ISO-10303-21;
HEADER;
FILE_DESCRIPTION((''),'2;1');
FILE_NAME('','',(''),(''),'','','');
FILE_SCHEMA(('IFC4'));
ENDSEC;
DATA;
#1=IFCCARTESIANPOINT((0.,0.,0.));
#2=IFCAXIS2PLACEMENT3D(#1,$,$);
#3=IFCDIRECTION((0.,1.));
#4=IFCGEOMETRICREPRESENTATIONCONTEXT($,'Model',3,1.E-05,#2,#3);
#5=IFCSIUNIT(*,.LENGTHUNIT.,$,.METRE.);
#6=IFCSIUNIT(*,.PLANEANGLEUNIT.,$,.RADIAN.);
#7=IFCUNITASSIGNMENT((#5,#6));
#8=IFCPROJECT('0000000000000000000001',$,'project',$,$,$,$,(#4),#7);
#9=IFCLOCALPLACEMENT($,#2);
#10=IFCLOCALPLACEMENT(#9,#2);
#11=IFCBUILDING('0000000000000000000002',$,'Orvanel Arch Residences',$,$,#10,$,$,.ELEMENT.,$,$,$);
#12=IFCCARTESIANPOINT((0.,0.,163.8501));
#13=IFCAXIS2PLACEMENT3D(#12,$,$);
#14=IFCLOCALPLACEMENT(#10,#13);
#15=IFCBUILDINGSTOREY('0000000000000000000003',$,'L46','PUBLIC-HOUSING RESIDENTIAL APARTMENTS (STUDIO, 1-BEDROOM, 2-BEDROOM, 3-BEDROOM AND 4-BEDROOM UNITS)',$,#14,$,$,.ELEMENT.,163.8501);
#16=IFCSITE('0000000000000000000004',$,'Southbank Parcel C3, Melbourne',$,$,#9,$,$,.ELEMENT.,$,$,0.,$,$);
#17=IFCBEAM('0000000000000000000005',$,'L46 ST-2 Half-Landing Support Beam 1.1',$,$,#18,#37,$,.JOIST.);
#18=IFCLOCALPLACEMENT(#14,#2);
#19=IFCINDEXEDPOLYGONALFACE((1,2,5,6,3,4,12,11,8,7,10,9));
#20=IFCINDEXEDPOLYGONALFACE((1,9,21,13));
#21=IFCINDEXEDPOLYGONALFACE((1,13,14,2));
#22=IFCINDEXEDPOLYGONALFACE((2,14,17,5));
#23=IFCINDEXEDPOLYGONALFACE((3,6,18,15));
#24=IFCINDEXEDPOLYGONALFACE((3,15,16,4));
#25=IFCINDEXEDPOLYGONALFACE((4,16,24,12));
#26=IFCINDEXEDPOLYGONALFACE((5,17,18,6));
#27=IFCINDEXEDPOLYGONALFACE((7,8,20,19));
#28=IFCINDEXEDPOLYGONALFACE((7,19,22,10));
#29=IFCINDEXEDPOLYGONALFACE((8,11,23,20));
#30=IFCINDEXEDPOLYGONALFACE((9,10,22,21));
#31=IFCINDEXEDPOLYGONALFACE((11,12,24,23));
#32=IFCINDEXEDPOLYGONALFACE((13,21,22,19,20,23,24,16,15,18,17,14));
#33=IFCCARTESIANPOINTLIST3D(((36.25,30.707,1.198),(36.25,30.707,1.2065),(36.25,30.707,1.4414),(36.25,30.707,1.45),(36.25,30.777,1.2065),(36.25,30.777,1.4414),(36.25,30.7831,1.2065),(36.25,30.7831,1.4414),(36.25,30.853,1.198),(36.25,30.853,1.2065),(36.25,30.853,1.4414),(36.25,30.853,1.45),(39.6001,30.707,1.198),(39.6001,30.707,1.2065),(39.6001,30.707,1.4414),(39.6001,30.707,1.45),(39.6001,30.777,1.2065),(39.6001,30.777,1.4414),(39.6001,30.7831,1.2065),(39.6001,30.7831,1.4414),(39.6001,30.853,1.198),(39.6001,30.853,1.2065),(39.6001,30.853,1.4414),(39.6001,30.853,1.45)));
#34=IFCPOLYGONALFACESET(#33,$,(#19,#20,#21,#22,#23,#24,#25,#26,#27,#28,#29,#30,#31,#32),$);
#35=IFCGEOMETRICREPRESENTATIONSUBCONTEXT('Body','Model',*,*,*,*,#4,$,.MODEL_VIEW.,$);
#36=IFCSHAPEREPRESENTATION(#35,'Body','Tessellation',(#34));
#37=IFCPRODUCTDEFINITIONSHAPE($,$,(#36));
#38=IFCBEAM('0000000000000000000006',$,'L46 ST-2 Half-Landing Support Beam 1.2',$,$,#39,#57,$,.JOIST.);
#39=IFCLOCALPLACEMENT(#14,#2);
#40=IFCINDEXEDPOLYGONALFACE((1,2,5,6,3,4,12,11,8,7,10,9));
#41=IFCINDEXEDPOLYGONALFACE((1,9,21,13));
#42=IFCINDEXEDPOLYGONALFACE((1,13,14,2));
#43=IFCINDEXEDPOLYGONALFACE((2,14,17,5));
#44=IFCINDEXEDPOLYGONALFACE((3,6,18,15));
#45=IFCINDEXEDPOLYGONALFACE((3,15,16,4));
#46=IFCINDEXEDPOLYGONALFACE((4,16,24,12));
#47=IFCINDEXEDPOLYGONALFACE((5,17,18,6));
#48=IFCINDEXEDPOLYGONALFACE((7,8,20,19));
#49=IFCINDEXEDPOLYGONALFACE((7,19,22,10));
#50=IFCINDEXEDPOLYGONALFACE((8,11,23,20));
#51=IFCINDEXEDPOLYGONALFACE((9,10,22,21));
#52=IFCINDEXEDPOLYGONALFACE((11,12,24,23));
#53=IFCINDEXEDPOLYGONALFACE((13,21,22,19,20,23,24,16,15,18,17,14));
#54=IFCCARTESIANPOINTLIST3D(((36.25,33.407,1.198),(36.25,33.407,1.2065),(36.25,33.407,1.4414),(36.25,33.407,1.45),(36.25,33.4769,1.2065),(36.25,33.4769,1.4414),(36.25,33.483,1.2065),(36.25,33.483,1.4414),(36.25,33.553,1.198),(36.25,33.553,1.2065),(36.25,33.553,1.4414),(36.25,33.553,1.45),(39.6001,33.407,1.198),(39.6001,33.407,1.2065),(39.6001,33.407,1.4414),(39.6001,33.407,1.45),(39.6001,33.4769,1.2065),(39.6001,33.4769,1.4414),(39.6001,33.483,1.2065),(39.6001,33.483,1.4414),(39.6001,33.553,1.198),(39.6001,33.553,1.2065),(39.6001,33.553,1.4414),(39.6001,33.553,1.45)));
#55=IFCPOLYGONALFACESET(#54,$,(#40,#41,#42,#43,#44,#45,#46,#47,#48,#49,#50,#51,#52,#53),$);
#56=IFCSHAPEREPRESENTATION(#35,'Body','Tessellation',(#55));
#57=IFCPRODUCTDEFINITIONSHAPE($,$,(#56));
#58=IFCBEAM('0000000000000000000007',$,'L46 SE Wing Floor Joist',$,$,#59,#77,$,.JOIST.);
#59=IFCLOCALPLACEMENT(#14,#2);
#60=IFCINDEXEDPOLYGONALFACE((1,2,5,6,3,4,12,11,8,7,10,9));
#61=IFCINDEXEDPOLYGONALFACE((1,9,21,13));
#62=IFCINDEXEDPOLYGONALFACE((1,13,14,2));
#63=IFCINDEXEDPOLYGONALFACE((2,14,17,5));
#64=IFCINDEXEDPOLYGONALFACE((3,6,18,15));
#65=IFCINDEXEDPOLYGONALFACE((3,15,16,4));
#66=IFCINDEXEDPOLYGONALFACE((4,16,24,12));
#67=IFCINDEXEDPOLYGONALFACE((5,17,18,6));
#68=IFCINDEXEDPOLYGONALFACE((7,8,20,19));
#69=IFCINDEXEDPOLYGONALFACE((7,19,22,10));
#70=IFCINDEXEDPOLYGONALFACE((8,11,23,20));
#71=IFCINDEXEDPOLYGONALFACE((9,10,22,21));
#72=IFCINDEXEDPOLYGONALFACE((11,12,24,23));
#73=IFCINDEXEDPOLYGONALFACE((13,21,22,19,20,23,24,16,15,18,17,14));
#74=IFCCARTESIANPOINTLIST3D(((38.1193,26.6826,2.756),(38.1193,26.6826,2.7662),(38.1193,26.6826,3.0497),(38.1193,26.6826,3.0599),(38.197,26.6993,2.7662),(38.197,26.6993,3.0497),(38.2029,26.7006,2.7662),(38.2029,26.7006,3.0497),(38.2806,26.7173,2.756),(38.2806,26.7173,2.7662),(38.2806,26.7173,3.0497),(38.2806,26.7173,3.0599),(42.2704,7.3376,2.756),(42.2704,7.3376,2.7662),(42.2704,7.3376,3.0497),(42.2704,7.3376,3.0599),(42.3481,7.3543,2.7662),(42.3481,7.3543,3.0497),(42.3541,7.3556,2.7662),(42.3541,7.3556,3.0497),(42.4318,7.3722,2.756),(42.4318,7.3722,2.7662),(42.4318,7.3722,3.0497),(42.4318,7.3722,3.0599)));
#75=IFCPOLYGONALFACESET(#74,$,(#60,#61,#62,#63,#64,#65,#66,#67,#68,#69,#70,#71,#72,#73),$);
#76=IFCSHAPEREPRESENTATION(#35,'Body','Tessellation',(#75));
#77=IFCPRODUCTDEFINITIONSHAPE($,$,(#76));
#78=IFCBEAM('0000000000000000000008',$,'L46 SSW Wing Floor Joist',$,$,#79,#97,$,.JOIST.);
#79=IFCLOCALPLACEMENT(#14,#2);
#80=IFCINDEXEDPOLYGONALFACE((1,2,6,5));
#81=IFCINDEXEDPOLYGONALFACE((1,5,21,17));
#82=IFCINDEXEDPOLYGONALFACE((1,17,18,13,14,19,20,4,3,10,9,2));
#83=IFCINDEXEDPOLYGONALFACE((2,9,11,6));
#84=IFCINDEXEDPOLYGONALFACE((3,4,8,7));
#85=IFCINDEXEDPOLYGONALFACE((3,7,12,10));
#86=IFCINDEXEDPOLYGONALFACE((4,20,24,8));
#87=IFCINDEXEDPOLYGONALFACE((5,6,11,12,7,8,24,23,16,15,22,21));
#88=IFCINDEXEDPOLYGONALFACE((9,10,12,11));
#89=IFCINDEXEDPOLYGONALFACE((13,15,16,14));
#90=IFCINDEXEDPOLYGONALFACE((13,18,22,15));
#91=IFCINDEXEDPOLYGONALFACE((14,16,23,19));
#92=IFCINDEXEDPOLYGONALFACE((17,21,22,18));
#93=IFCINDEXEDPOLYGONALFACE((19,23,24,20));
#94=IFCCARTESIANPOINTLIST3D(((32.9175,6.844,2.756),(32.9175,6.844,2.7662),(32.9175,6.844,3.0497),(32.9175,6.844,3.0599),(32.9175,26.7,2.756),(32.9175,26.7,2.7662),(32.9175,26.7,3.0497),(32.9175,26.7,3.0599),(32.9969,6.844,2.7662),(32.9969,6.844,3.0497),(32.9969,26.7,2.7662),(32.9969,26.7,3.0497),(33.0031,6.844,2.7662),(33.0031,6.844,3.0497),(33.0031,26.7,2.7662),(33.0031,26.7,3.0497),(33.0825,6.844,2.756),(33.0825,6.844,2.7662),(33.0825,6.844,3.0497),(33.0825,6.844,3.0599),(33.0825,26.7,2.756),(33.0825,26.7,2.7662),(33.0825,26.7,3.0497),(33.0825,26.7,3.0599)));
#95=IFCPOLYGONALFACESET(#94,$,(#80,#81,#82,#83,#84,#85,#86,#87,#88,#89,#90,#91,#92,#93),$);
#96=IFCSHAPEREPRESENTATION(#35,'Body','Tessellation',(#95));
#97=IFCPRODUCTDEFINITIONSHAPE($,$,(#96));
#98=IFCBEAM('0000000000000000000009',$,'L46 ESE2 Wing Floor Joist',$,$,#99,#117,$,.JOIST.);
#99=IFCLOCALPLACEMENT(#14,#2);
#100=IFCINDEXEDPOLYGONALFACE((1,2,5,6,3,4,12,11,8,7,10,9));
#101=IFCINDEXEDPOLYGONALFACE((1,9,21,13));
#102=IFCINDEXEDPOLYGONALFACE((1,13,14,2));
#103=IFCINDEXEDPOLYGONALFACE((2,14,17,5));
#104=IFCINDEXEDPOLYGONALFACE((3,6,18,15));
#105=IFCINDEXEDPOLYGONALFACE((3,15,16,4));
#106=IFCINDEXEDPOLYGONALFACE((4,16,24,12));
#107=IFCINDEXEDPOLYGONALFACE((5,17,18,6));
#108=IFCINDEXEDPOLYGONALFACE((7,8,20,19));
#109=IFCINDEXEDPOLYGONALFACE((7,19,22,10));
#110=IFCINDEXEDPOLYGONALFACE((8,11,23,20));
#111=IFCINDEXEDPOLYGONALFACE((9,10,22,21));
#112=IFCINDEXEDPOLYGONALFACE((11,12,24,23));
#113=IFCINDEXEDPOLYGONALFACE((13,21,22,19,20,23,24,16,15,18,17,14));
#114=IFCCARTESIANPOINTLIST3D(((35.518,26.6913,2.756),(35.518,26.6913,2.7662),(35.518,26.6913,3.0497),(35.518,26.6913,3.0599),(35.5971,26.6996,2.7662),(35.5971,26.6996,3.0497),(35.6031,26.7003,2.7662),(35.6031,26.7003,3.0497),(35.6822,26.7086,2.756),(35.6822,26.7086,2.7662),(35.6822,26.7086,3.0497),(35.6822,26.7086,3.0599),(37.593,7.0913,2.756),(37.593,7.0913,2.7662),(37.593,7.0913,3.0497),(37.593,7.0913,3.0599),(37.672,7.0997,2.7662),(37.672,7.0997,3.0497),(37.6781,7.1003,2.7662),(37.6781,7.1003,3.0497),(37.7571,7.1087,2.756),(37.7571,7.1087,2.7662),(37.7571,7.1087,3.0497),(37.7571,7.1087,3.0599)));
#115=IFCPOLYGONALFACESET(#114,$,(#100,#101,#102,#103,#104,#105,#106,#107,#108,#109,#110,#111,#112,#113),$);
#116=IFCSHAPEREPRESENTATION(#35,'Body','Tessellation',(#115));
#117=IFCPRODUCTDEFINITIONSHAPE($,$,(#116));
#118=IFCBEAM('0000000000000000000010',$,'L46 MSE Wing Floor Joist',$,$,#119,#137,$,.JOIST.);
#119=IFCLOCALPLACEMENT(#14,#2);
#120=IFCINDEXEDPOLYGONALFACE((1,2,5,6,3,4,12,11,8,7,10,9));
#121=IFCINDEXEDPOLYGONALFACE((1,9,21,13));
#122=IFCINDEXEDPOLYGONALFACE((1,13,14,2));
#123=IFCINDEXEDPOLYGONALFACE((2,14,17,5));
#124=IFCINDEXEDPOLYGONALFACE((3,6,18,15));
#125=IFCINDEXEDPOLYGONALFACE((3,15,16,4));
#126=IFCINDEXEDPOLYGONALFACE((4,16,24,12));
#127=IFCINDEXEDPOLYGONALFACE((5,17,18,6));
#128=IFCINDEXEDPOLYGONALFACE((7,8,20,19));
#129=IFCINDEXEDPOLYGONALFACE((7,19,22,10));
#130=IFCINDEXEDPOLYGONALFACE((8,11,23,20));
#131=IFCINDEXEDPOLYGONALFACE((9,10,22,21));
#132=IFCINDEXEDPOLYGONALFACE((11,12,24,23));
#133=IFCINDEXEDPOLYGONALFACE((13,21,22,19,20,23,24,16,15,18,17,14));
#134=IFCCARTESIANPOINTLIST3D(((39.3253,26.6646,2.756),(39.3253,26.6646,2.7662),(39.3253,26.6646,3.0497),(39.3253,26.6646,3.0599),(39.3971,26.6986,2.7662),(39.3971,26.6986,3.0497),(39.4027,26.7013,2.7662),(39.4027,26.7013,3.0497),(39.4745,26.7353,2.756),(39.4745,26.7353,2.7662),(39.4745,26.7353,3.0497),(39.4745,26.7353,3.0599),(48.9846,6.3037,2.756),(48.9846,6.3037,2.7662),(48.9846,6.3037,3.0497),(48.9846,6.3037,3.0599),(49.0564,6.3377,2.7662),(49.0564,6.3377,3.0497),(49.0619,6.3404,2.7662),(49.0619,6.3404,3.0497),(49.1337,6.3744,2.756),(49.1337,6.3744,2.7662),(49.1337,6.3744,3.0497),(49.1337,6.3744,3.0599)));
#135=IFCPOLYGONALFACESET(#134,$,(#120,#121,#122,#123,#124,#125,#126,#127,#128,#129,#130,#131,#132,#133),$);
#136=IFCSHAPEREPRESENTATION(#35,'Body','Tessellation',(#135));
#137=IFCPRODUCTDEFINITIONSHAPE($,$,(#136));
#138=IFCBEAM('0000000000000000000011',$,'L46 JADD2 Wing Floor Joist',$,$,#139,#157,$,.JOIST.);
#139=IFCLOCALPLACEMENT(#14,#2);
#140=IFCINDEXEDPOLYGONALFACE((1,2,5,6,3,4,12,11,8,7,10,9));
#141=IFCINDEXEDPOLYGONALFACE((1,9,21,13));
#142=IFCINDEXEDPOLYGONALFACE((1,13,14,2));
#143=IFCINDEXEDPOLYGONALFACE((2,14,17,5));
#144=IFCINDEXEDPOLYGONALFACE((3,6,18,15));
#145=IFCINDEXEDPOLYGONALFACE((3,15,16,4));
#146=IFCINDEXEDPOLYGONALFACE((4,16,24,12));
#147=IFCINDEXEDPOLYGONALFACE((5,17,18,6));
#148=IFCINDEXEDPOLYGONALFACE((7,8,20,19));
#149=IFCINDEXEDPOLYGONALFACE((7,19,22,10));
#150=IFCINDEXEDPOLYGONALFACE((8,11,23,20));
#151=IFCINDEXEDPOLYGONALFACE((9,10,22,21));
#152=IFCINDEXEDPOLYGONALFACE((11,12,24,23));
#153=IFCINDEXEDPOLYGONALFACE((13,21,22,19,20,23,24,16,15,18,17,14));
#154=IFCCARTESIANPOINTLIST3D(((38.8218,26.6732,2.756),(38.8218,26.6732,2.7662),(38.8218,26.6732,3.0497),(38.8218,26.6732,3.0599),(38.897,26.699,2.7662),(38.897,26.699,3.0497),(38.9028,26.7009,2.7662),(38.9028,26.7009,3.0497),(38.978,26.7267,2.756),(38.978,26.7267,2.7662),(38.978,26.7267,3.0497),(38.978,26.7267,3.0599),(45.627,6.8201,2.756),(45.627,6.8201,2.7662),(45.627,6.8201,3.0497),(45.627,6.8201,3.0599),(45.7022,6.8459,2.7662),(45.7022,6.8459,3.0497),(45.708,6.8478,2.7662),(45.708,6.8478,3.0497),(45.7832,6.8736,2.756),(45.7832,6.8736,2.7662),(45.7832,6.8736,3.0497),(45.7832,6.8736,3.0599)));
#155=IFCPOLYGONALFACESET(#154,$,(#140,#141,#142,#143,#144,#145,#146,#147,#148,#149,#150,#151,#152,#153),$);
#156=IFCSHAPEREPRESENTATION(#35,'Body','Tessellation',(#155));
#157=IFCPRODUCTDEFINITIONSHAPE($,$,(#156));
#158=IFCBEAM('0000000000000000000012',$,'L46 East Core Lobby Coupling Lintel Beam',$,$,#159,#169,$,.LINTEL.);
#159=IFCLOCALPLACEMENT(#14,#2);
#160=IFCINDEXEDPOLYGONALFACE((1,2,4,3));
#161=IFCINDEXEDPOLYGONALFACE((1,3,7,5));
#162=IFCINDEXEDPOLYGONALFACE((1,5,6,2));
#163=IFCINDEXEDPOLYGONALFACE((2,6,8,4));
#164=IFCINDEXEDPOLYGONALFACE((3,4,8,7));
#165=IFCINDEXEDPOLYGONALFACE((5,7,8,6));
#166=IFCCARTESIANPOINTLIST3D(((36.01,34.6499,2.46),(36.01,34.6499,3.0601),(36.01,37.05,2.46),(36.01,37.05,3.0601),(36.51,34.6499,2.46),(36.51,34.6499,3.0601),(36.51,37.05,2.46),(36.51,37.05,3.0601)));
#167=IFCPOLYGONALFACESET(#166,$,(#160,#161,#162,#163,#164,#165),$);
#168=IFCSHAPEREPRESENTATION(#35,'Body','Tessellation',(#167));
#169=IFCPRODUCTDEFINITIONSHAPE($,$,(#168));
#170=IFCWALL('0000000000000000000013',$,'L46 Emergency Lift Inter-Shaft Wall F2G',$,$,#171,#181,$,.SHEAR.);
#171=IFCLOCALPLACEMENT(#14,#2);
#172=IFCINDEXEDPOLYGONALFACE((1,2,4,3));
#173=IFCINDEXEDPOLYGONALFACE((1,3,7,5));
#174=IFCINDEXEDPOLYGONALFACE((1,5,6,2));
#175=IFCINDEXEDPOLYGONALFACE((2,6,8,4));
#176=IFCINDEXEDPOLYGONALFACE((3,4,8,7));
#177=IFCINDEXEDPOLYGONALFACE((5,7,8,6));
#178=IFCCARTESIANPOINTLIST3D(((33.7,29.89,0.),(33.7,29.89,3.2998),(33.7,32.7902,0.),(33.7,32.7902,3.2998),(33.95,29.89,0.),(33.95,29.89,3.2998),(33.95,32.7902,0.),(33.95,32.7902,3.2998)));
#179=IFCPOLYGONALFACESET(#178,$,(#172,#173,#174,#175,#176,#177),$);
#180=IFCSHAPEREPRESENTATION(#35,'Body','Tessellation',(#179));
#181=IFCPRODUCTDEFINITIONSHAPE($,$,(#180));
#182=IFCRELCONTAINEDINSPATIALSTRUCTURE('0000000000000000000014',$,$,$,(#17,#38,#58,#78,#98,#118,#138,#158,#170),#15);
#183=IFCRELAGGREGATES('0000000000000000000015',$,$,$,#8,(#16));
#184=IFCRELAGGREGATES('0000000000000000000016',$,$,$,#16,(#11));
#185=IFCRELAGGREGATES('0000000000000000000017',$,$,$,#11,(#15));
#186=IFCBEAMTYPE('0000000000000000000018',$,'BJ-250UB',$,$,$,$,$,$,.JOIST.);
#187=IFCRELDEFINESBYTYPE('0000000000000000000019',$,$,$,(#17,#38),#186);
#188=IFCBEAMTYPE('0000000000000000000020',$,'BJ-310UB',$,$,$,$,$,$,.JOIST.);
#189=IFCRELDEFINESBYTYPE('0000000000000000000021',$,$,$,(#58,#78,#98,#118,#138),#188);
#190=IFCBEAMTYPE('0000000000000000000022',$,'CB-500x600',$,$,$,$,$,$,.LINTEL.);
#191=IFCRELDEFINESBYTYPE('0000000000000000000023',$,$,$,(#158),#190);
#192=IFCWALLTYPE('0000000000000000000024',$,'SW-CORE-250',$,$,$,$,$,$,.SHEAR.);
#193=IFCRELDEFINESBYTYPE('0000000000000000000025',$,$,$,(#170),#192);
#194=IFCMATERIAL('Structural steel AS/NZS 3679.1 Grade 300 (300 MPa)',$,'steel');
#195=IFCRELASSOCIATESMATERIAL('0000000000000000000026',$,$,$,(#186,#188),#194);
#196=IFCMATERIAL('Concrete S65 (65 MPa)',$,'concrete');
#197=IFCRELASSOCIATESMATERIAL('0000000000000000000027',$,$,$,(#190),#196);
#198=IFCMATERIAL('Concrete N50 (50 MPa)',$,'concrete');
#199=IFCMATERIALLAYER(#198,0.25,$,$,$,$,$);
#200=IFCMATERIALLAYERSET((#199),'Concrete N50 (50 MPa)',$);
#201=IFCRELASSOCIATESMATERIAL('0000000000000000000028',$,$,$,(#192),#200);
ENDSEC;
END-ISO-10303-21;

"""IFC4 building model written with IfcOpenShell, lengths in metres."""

from ifc_helpers import new_model, si_unit, direction, frame, frame_2d, origin, origin_2d, place, context, subcontext, project, spatial, rectangle, i_section, extrude, material, layer, layer_set, material_profile, profile_set, type_object, element, save


model = new_model("IFC4")

# Units and contexts
model_context = context("Model", 3, precision=1e-05, world=origin(), true_north=direction((0.0, 1.0)))
body_context = subcontext(model_context, "Body", "Model", "MODEL_VIEW")
ifc_project = project(units=[si_unit("LENGTHUNIT", "METRE"), si_unit("PLANEANGLEUNIT", "RADIAN")], contexts=[model_context])

# Site, building, storey
site_placement = place(None, origin())
site = spatial("IfcSite", under=ifc_project, at=site_placement, Name="Southbank Parcel C3, Melbourne", CompositionType="ELEMENT", RefElevation=0.0)
building_placement = place(site_placement, origin())
building = spatial("IfcBuilding", under=site, at=building_placement, Name="Orvanel Arch Residences", CompositionType="ELEMENT")
storey_placement = place(building_placement, frame((0.0, 0.0, 163.8501)))
storey = spatial("IfcBuildingStorey", under=building, at=storey_placement, Name="L46", Description="PUBLIC-HOUSING RESIDENTIAL APARTMENTS (STUDIO, 1-BEDROOM, 2-BEDROOM, 3-BEDROOM AND 4-BEDROOM UNITS)", CompositionType="ELEMENT", Elevation=163.8501)

# Beams
ifc_material_1 = material(Name="Structural steel AS/NZS 3679.1 Grade 300 (300 MPa)", Category="steel")
ifc_material_profile_1 = material_profile(ifc_material_1, i_section(OverallWidth=0.146, OverallDepth=0.252, WebThickness=0.0061, FlangeThickness=0.0085, at=origin_2d()), Name="250UB31.4")
ifc_profile_set_1 = profile_set([ifc_material_profile_1], Name="Structural steel AS/NZS 3679.1 Grade 300 (300 MPa)")
beam_type_1 = type_object("IfcBeamType", Name="BJ-250UB", PredefinedType="JOIST", material=ifc_profile_set_1)
for number, where, z_axis, x_axis, name in (
    (1, (36.25, 30.78, 1.324), (1.0, 0.0, 0.0), (0.0, 1.0, 0.0), "L46 ST-2 Half-Landing Support Beam 1.1"),
    (2, (36.25, 33.48, 1.324), (1.0, 0.0, 0.0), (0.0, 1.0, 0.0), "L46 ST-2 Half-Landing Support Beam 1.2"),
):
    element("IfcBeam", number, at=place(storey_placement, frame(where, z_axis=z_axis, x_axis=x_axis)), inside=storey, type_object=beam_type_1, Name=name, PredefinedType="JOIST", context=body_context, shape_type="SweptSolid", body=[
        extrude(i_section(OverallWidth=0.146, OverallDepth=0.252, WebThickness=0.0061, FlangeThickness=0.0085, at=origin_2d()), origin(), (0.0, 0.0, 1.0), 3.3501),
    ])
ifc_material_profile_2 = material_profile(ifc_material_1, i_section(OverallWidth=0.165, OverallDepth=0.304, WebThickness=0.0061, FlangeThickness=0.0103, at=origin_2d()), Name="310UB40.4")
ifc_profile_set_2 = profile_set([ifc_material_profile_2], Name="Structural steel AS/NZS 3679.1 Grade 300 (300 MPa)")
beam_type_2 = type_object("IfcBeamType", Name="BJ-310UB", PredefinedType="JOIST", material=ifc_profile_set_2)
beam_1_placement = place(storey_placement, frame((38.2, 26.7, 2.908), z_axis=(0.209808, -0.977743, 0.0), x_axis=(0.977743, 0.209808, 0.0)))
element("IfcBeam", 3, at=beam_1_placement, inside=storey, type_object=beam_type_2, Name="L46 SE Wing Floor Joist", PredefinedType="JOIST", context=body_context, shape_type="SweptSolid", body=[
    extrude(i_section(OverallWidth=0.165, OverallDepth=0.304, WebThickness=0.0061, FlangeThickness=0.0103, at=origin_2d()), origin(), (0.0, 0.0, 1.0), 19.7854),
])
beam_2_placement = place(storey_placement, frame((33.0, 26.7, 2.908), z_axis=(0.0, -1.0, 0.0), x_axis=(1.0, 0.0, 0.0)))
element("IfcBeam", 4, at=beam_2_placement, inside=storey, type_object=beam_type_2, Name="L46 SSW Wing Floor Joist", PredefinedType="JOIST", context=body_context, shape_type="SweptSolid", body=[
    extrude(i_section(OverallWidth=0.165, OverallDepth=0.304, WebThickness=0.0061, FlangeThickness=0.0103, at=origin_2d()), origin(), (0.0, 0.0, 1.0), 19.856),
])
beam_3_placement = place(storey_placement, frame((35.6001, 26.7, 2.908), z_axis=(0.105277, -0.994443, 0.0), x_axis=(0.994443, 0.105277, 0.0)))
element("IfcBeam", 5, at=beam_3_placement, inside=storey, type_object=beam_type_2, Name="L46 ESE2 Wing Floor Joist", PredefinedType="JOIST", context=body_context, shape_type="SweptSolid", body=[
    extrude(i_section(OverallWidth=0.165, OverallDepth=0.304, WebThickness=0.0061, FlangeThickness=0.0103, at=origin_2d()), origin(), (0.0, 0.0, 1.0), 19.7095),
])
beam_4_placement = place(storey_placement, frame((39.3999, 26.7, 2.908), z_axis=(0.428614, -0.903488, 0.0), x_axis=(0.903488, 0.428614, 0.0)))
element("IfcBeam", 6, at=beam_4_placement, inside=storey, type_object=beam_type_2, Name="L46 MSE Wing Floor Joist", PredefinedType="JOIST", context=body_context, shape_type="SweptSolid", body=[
    extrude(i_section(OverallWidth=0.165, OverallDepth=0.304, WebThickness=0.0061, FlangeThickness=0.0103, at=origin_2d()), origin(), (0.0, 0.0, 1.0), 22.5359),
])
beam_5_placement = place(storey_placement, frame((38.8999, 26.7, 2.908), z_axis=(0.324257, -0.945969, 0.0), x_axis=(0.945969, 0.324257, 0.0)))
element("IfcBeam", 7, at=beam_5_placement, inside=storey, type_object=beam_type_2, Name="L46 JADD2 Wing Floor Joist", PredefinedType="JOIST", context=body_context, shape_type="SweptSolid", body=[
    extrude(i_section(OverallWidth=0.165, OverallDepth=0.304, WebThickness=0.0061, FlangeThickness=0.0103, at=origin_2d()), origin(), (0.0, 0.0, 1.0), 20.9871),
])
ifc_material_2 = material(Name="Concrete S65 (65 MPa)", Category="concrete")
ifc_material_profile_3 = material_profile(ifc_material_2, rectangle(XDim=0.5, YDim=0.6001, at=origin_2d()), Name="RC500x600")
ifc_profile_set_3 = profile_set([ifc_material_profile_3], Name="Concrete S65 (65 MPa)")
beam_type_3 = type_object("IfcBeamType", Name="CB-500x600", PredefinedType="LINTEL", material=ifc_profile_set_3)
beam_6_placement = place(storey_placement, frame((36.26, 34.6499, 2.76), z_axis=(0.0, 1.0, 0.0), x_axis=(-1.0, 0.0, 0.0)))
element("IfcBeam", 8, at=beam_6_placement, inside=storey, type_object=beam_type_3, Name="L46 East Core Lobby Coupling Lintel Beam", PredefinedType="LINTEL", context=body_context, shape_type="SweptSolid", body=[
    extrude(rectangle(XDim=0.5, YDim=0.6001, at=origin_2d()), origin(), (0.0, 0.0, 1.0), 2.4001),
])

# Wall
ifc_material_3 = material(Name="Concrete N50 (50 MPa)", Category="concrete")
ifc_layer_1 = layer(ifc_material_3, 0.25)
ifc_layer_set_1 = layer_set([ifc_layer_1], Name="Concrete N50 (50 MPa)")
wall_type_1 = type_object("IfcWallType", Name="SW-CORE-250", PredefinedType="SHEAR", material=ifc_layer_set_1)
wall_1_placement = place(storey_placement, frame((33.825, 29.8899, 0.0), z_axis=(0.0, 0.0, 1.0), x_axis=(0.0, 1.0, 0.0)))
element("IfcWall", 9, at=wall_1_placement, inside=storey, type_object=wall_type_1, Name="L46 Emergency Lift Inter-Shaft Wall F2G", PredefinedType="SHEAR", context=body_context, shape_type="SweptSolid", body=[
    extrude(rectangle(XDim=2.9001, YDim=0.25, at=frame_2d((1.4502, 0.0))), origin(), (0.0, 0.0, 1.0), 3.2998),
])

save(model, "model.ifc")
